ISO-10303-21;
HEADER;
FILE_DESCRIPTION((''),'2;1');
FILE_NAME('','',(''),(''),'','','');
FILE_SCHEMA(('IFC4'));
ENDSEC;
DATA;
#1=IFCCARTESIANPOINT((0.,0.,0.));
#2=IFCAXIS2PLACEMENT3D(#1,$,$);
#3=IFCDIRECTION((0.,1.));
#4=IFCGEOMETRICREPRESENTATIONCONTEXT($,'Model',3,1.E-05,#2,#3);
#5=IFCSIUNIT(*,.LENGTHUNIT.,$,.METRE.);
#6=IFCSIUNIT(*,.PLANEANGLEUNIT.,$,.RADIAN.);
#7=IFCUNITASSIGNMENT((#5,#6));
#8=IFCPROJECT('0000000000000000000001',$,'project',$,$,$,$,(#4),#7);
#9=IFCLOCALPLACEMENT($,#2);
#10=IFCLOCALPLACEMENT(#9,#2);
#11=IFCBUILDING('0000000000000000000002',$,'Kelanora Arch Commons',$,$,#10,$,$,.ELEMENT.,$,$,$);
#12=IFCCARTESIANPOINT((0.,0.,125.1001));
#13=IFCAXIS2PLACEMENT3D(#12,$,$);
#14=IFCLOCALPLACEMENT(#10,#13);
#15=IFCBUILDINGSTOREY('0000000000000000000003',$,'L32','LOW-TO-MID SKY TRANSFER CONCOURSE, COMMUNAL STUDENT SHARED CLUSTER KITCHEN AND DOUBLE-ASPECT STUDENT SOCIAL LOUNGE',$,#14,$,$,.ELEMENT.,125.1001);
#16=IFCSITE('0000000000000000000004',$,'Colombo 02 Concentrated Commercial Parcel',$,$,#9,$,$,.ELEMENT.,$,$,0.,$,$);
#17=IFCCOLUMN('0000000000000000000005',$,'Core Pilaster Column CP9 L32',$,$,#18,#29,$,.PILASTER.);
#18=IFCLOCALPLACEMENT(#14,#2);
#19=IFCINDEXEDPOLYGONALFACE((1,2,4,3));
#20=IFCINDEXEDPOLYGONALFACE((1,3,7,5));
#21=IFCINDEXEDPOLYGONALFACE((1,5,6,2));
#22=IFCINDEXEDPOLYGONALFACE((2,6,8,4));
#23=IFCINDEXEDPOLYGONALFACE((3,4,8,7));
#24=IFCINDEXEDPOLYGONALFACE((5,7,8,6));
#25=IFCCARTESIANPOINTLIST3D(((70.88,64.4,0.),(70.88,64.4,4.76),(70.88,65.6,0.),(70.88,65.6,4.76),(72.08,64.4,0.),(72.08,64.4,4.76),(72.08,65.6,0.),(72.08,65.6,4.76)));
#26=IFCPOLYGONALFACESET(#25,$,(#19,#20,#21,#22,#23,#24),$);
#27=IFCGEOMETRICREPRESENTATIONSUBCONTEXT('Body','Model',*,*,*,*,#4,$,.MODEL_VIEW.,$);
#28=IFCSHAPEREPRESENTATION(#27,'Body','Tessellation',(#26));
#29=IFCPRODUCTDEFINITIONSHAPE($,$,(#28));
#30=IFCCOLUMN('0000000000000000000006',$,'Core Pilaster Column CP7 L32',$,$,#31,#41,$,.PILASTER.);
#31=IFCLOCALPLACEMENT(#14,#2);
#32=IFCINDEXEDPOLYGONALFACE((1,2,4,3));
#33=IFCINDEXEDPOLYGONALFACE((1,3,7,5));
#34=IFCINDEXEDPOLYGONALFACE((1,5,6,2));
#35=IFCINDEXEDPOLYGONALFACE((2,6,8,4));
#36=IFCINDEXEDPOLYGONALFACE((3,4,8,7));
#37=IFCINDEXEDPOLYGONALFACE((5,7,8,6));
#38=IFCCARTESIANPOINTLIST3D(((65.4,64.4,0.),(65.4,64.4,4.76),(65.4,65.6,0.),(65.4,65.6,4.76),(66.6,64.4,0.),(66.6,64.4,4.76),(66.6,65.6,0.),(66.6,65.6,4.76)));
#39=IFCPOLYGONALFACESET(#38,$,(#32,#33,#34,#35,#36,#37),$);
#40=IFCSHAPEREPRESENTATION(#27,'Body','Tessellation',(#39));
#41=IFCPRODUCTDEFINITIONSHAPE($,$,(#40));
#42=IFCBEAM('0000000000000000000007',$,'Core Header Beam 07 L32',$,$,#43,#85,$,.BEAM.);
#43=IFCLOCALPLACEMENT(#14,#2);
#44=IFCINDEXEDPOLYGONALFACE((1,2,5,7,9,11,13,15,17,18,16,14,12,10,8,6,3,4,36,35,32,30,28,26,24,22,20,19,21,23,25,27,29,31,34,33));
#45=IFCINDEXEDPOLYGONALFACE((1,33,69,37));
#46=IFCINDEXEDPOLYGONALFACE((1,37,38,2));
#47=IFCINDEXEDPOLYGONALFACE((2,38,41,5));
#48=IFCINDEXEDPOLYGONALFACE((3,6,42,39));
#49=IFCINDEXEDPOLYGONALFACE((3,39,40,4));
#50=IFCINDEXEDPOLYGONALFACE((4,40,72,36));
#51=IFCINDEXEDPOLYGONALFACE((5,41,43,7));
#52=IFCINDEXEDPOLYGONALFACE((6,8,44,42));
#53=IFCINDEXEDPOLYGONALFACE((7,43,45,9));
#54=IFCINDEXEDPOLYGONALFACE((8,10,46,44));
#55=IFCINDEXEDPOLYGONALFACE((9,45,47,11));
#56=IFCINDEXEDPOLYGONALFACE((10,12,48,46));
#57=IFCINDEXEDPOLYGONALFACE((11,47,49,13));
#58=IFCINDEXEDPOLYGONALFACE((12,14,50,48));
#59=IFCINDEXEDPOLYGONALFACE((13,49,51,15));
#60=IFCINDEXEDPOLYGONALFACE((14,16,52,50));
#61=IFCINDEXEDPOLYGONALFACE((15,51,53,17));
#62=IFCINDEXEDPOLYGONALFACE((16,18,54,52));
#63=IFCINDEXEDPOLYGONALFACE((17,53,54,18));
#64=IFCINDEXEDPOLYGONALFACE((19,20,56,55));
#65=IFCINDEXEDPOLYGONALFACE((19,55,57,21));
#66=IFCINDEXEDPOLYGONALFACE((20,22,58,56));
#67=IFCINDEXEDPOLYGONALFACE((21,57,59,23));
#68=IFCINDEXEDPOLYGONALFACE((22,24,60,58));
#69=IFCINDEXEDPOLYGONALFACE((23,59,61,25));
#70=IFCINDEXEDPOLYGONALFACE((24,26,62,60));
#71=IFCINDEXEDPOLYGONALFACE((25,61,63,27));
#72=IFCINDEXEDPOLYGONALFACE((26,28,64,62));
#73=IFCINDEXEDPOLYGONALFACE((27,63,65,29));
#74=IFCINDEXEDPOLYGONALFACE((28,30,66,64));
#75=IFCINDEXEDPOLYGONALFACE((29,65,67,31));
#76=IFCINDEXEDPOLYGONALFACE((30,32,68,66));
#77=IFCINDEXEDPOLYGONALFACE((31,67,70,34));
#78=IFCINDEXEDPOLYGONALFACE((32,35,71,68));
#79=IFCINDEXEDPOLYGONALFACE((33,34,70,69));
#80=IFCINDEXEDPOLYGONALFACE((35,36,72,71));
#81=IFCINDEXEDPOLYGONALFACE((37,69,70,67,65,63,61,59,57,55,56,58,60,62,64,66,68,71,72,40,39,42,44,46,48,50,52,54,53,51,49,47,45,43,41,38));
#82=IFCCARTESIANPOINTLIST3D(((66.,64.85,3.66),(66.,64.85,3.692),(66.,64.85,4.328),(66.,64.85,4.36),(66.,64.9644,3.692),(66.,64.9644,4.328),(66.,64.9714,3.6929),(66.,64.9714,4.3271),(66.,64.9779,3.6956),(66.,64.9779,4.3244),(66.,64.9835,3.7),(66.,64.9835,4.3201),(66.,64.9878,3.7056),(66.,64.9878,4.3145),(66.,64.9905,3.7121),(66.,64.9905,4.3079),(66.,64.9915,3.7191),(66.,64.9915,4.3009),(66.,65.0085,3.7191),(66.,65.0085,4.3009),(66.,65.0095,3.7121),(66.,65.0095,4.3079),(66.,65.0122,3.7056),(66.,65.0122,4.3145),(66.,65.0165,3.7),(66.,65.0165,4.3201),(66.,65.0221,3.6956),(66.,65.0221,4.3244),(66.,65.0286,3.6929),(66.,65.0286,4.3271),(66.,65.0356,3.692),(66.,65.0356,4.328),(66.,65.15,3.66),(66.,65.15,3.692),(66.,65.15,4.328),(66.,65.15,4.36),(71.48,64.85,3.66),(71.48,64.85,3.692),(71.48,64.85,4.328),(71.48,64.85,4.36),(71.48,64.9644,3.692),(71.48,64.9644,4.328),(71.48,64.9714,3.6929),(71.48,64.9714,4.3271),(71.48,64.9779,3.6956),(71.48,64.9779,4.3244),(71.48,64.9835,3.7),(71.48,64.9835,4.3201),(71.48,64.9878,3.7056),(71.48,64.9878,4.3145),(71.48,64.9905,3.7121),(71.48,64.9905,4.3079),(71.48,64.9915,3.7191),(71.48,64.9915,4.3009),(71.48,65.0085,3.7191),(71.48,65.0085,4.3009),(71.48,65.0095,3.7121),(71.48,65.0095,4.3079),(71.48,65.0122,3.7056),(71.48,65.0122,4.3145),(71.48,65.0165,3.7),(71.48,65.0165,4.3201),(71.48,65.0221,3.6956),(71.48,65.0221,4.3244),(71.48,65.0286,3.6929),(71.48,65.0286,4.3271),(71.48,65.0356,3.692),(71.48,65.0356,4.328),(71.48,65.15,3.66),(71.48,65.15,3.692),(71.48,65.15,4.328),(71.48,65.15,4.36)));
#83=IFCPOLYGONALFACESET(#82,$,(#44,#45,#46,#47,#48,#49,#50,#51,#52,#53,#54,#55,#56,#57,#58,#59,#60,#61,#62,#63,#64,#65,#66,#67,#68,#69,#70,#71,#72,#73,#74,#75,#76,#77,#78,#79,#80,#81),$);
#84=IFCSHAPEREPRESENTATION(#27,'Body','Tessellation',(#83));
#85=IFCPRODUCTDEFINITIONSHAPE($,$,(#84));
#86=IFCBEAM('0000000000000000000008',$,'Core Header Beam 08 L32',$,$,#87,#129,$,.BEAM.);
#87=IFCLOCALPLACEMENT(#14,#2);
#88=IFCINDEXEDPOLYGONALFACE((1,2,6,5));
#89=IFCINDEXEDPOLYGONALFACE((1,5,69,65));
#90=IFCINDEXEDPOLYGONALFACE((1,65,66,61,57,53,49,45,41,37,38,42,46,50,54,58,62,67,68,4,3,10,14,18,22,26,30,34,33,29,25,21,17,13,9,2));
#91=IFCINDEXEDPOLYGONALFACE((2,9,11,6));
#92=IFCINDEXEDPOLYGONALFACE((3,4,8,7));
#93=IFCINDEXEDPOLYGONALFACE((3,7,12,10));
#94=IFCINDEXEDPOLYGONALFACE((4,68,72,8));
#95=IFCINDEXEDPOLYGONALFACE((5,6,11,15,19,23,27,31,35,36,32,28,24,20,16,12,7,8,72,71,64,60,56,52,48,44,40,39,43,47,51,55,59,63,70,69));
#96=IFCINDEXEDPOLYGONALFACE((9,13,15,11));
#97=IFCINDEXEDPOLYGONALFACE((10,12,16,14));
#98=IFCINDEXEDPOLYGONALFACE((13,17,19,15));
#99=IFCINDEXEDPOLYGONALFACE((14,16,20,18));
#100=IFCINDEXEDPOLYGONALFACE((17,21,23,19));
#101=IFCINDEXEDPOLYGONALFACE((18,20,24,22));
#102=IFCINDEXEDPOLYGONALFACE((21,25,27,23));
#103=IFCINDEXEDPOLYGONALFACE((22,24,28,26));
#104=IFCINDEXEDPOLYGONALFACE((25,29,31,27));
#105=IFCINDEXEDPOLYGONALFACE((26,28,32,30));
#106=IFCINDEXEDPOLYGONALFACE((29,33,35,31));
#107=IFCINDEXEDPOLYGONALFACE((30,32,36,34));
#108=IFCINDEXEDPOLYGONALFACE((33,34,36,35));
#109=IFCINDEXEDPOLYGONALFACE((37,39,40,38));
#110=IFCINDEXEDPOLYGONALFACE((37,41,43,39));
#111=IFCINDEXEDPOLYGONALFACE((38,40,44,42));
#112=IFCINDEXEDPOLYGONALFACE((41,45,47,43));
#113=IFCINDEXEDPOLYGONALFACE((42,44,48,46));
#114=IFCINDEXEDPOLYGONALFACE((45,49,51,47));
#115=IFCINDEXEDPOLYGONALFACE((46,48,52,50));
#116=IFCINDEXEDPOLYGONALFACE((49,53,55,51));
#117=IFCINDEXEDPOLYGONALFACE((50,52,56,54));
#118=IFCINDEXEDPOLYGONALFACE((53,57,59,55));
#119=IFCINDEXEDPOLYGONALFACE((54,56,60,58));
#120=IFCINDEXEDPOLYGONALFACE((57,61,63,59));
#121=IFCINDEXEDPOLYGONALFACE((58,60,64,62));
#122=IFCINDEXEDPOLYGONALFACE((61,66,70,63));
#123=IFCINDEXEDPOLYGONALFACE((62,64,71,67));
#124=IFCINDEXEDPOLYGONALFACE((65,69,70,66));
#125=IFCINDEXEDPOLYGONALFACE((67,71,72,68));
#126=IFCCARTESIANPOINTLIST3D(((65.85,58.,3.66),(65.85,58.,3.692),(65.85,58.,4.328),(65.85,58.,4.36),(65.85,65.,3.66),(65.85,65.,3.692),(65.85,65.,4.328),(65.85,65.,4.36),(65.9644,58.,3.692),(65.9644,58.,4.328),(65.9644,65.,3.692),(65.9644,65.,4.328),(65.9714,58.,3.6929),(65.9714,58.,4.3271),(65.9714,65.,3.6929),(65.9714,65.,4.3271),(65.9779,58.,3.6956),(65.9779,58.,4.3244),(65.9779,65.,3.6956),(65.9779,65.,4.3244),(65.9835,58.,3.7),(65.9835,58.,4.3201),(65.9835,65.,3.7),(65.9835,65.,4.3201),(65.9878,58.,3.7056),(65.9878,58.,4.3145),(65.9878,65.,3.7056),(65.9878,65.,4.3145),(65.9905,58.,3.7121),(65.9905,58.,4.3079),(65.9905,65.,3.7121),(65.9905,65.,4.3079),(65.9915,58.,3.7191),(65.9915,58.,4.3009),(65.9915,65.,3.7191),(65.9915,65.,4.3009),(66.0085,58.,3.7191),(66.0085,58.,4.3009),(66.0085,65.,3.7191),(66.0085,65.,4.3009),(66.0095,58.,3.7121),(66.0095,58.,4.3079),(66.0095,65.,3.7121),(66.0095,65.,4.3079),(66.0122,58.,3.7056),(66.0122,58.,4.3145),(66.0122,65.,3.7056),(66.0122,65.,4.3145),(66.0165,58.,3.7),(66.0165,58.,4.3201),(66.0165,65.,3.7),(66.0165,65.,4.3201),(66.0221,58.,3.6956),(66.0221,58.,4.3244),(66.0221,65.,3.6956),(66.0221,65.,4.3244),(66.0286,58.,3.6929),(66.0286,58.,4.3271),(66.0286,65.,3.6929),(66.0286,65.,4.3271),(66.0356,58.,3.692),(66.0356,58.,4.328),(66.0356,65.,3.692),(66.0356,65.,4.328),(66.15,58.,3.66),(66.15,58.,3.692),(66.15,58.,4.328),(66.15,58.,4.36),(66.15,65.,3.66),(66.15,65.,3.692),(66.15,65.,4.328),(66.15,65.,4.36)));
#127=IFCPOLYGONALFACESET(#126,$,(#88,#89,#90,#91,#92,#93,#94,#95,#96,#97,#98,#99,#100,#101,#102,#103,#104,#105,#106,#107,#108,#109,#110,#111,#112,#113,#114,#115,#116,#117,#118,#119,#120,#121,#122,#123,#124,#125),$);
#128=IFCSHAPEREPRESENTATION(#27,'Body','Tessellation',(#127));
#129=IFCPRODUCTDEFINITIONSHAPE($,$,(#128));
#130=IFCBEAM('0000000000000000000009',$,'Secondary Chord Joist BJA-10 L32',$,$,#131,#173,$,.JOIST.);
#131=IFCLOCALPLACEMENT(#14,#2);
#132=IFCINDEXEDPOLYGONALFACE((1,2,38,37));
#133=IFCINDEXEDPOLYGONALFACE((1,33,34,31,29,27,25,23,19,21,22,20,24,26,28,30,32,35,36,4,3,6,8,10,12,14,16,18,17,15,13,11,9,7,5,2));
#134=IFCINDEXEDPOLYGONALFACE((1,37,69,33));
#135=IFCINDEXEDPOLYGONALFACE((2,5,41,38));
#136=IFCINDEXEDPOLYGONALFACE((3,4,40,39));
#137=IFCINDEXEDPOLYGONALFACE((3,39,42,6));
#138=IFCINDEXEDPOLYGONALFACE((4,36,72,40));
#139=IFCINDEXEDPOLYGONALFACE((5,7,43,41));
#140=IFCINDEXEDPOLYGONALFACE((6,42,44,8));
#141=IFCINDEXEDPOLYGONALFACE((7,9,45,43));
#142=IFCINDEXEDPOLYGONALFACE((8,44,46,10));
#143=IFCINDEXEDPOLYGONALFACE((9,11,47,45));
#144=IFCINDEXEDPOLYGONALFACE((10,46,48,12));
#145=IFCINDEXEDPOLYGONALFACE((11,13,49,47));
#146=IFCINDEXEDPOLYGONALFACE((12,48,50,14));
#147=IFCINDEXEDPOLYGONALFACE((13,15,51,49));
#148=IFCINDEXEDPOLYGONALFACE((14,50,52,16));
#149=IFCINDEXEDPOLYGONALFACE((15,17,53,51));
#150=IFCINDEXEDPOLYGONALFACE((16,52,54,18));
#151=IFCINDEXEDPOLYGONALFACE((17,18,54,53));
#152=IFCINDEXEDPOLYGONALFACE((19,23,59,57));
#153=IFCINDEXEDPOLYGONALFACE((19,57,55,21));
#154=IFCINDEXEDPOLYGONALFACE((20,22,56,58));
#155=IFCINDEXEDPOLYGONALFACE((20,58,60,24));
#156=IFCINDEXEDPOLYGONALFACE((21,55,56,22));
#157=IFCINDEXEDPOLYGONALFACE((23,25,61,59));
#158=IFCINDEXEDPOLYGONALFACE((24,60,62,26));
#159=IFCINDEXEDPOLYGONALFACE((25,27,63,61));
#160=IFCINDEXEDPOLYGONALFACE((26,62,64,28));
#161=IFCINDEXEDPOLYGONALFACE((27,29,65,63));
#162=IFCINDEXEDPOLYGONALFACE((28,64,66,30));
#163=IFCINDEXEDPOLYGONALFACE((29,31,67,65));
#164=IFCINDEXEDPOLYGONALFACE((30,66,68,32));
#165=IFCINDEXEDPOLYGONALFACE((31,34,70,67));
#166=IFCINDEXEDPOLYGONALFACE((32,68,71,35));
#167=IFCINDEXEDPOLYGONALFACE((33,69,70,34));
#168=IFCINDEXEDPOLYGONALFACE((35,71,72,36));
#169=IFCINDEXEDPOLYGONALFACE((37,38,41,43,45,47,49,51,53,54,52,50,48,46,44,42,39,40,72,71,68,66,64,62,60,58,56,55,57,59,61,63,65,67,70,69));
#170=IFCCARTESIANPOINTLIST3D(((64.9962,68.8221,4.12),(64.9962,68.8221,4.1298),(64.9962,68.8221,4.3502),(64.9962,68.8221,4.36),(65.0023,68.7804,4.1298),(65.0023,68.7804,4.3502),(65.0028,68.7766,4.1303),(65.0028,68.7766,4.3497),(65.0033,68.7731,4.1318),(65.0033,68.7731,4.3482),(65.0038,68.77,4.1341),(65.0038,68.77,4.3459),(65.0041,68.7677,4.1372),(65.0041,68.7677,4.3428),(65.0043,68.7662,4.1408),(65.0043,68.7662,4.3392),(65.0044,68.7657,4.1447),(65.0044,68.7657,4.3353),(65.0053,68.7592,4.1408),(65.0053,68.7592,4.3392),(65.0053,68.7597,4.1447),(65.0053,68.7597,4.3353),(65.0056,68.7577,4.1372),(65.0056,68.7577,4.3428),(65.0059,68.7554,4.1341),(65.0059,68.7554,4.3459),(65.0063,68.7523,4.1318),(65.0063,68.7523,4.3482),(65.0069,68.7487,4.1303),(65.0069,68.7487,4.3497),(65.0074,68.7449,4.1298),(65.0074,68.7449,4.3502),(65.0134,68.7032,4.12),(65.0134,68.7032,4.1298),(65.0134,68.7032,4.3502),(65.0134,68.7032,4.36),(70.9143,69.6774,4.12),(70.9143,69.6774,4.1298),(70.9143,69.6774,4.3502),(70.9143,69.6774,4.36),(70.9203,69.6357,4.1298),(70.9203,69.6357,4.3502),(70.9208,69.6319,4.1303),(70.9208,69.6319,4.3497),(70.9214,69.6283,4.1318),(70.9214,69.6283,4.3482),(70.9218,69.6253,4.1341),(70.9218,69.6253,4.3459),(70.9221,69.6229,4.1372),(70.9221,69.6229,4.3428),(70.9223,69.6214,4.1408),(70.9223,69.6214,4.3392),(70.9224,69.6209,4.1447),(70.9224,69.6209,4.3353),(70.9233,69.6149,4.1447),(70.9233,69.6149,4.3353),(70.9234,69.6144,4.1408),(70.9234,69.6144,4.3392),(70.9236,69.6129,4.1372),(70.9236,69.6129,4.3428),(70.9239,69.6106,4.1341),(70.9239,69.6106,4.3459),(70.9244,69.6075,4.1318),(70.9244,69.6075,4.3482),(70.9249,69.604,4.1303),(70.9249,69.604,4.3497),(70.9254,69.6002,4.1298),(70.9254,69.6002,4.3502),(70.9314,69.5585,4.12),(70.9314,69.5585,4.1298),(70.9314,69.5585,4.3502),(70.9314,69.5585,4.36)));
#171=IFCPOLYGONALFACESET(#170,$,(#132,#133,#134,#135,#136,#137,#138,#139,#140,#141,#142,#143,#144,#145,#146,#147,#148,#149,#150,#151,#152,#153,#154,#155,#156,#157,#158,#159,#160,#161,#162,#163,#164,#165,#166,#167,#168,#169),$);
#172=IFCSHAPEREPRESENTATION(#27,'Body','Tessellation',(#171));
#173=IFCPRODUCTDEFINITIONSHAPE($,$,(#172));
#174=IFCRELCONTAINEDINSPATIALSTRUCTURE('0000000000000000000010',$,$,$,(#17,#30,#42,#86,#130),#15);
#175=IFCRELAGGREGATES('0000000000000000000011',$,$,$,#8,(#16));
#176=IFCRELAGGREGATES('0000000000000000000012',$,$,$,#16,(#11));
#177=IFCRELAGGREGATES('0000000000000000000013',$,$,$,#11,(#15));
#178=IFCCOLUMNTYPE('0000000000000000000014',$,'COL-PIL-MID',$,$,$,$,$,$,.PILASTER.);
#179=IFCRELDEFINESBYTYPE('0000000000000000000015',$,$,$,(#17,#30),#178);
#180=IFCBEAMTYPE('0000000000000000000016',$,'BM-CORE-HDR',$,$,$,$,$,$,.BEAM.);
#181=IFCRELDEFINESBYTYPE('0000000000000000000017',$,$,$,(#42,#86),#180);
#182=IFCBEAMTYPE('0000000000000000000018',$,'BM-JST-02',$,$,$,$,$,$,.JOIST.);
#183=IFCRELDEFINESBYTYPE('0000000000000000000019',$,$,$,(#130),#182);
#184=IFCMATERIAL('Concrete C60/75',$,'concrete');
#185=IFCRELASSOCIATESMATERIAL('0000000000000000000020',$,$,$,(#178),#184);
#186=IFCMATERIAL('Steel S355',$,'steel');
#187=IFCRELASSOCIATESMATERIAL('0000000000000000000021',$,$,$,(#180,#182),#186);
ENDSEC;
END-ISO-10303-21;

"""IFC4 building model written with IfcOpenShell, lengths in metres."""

from ifc_helpers import new_model, si_unit, direction, frame, origin, origin_2d, place, context, subcontext, project, spatial, rectangle, i_section, extrude, material, material_profile, profile_set, type_object, element, save


model = new_model("IFC4")

# Units and contexts
model_context = context("Model", 3, precision=1e-05, world=origin(), true_north=direction((0.0, 1.0)))
body_context = subcontext(model_context, "Body", "Model", "MODEL_VIEW")
ifc_project = project(units=[si_unit("LENGTHUNIT", "METRE"), si_unit("PLANEANGLEUNIT", "RADIAN")], contexts=[model_context])

# Site, building, storey
site_placement = place(None, origin())
site = spatial("IfcSite", under=ifc_project, at=site_placement, Name="Colombo 02 Concentrated Commercial Parcel", CompositionType="ELEMENT", RefElevation=0.0)
building_placement = place(site_placement, origin())
building = spatial("IfcBuilding", under=site, at=building_placement, Name="Kelanora Arch Commons", CompositionType="ELEMENT")
storey_placement = place(building_placement, frame((0.0, 0.0, 125.1001)))
storey = spatial("IfcBuildingStorey", under=building, at=storey_placement, Name="L32", Description="LOW-TO-MID SKY TRANSFER CONCOURSE, COMMUNAL STUDENT SHARED CLUSTER KITCHEN AND DOUBLE-ASPECT STUDENT SOCIAL LOUNGE", CompositionType="ELEMENT", Elevation=125.1001)

# Columns
ifc_material_1 = material(Name="Concrete C60/75", Category="concrete")
ifc_material_profile_1 = material_profile(ifc_material_1, rectangle(XDim=1.2, YDim=1.2, at=origin_2d()), Name="RC1200x1200")
ifc_profile_set_1 = profile_set([ifc_material_profile_1], Name="Concrete C60/75")
column_type = type_object("IfcColumnType", Name="COL-PIL-MID", PredefinedType="PILASTER", material=ifc_profile_set_1)
for number, where, z_axis, x_axis, name in (
    (1, (71.48, 65.0, 0.0), (0.0, 0.0, 1.0), (1.0, 0.0, 0.0), "Core Pilaster Column CP9 L32"),
    (2, (66.0, 65.0, 0.0), (0.0, 0.0, 1.0), (1.0, 0.0, 0.0), "Core Pilaster Column CP7 L32"),
):
    element("IfcColumn", number, at=place(storey_placement, frame(where, z_axis=z_axis, x_axis=x_axis)), inside=storey, type_object=column_type, Name=name, PredefinedType="PILASTER", context=body_context, shape_type="SweptSolid", body=[
        extrude(rectangle(XDim=1.2, YDim=1.2, at=origin_2d()), origin(), (0.0, 0.0, 1.0), 4.76),
    ])

# Beams
ifc_material_2 = material(Name="Steel S355", Category="steel")
ifc_material_profile_2 = material_profile(ifc_material_2, i_section(OverallWidth=0.3, OverallDepth=0.7, WebThickness=0.0171, FlangeThickness=0.032, FilletRadius=0.0271, at=origin_2d()), Name="HEB700")
ifc_profile_set_2 = profile_set([ifc_material_profile_2], Name="Steel S355")
beam_type_1 = type_object("IfcBeamType", Name="BM-CORE-HDR", PredefinedType="BEAM", material=ifc_profile_set_2)
beam_1_placement = place(storey_placement, frame((71.48, 65.0, 4.01), z_axis=(-1.0, 0.0, 0.0), x_axis=(0.0, -1.0, 0.0)))
element("IfcBeam", 3, at=beam_1_placement, inside=storey, type_object=beam_type_1, Name="Core Header Beam 07 L32", PredefinedType="BEAM", context=body_context, shape_type="SweptSolid", body=[
    extrude(i_section(OverallWidth=0.3, OverallDepth=0.7, WebThickness=0.0171, FlangeThickness=0.032, FilletRadius=0.0271, at=origin_2d()), origin(), (0.0, 0.0, 1.0), 5.48),
])
beam_2_placement = place(storey_placement, frame((66.0, 65.0, 4.01), z_axis=(0.0, -1.0, 0.0), x_axis=(1.0, 0.0, 0.0)))
element("IfcBeam", 4, at=beam_2_placement, inside=storey, type_object=beam_type_1, Name="Core Header Beam 08 L32", PredefinedType="BEAM", context=body_context, shape_type="SweptSolid", body=[
    extrude(i_section(OverallWidth=0.3, OverallDepth=0.7, WebThickness=0.0171, FlangeThickness=0.032, FilletRadius=0.0271, at=origin_2d()), origin(), (0.0, 0.0, 1.0), 7.0),
])
ifc_material_profile_3 = material_profile(ifc_material_2, i_section(OverallWidth=0.1201, OverallDepth=0.24, WebThickness=0.0061, FlangeThickness=0.0098, FilletRadius=0.0149, at=origin_2d()), Name="IPE240")
ifc_profile_set_3 = profile_set([ifc_material_profile_3], Name="Steel S355")
beam_type_2 = type_object("IfcBeamType", Name="BM-JST-02", PredefinedType="JOIST", material=ifc_profile_set_3)
beam_3_placement = place(storey_placement, frame((70.9229, 69.6179, 4.24), z_axis=(-0.989719, -0.143027, 0.0), x_axis=(0.143027, -0.989719, 0.0)))
element("IfcBeam", 5, at=beam_3_placement, inside=storey, type_object=beam_type_2, Name="Secondary Chord Joist BJA-10 L32", PredefinedType="JOIST", context=body_context, shape_type="SweptSolid", body=[
    extrude(i_section(OverallWidth=0.1201, OverallDepth=0.24, WebThickness=0.0061, FlangeThickness=0.0098, FilletRadius=0.0149, at=origin_2d()), origin(), (0.0, 0.0, 1.0), 5.9795),
])

save(model, "model.ifc")
